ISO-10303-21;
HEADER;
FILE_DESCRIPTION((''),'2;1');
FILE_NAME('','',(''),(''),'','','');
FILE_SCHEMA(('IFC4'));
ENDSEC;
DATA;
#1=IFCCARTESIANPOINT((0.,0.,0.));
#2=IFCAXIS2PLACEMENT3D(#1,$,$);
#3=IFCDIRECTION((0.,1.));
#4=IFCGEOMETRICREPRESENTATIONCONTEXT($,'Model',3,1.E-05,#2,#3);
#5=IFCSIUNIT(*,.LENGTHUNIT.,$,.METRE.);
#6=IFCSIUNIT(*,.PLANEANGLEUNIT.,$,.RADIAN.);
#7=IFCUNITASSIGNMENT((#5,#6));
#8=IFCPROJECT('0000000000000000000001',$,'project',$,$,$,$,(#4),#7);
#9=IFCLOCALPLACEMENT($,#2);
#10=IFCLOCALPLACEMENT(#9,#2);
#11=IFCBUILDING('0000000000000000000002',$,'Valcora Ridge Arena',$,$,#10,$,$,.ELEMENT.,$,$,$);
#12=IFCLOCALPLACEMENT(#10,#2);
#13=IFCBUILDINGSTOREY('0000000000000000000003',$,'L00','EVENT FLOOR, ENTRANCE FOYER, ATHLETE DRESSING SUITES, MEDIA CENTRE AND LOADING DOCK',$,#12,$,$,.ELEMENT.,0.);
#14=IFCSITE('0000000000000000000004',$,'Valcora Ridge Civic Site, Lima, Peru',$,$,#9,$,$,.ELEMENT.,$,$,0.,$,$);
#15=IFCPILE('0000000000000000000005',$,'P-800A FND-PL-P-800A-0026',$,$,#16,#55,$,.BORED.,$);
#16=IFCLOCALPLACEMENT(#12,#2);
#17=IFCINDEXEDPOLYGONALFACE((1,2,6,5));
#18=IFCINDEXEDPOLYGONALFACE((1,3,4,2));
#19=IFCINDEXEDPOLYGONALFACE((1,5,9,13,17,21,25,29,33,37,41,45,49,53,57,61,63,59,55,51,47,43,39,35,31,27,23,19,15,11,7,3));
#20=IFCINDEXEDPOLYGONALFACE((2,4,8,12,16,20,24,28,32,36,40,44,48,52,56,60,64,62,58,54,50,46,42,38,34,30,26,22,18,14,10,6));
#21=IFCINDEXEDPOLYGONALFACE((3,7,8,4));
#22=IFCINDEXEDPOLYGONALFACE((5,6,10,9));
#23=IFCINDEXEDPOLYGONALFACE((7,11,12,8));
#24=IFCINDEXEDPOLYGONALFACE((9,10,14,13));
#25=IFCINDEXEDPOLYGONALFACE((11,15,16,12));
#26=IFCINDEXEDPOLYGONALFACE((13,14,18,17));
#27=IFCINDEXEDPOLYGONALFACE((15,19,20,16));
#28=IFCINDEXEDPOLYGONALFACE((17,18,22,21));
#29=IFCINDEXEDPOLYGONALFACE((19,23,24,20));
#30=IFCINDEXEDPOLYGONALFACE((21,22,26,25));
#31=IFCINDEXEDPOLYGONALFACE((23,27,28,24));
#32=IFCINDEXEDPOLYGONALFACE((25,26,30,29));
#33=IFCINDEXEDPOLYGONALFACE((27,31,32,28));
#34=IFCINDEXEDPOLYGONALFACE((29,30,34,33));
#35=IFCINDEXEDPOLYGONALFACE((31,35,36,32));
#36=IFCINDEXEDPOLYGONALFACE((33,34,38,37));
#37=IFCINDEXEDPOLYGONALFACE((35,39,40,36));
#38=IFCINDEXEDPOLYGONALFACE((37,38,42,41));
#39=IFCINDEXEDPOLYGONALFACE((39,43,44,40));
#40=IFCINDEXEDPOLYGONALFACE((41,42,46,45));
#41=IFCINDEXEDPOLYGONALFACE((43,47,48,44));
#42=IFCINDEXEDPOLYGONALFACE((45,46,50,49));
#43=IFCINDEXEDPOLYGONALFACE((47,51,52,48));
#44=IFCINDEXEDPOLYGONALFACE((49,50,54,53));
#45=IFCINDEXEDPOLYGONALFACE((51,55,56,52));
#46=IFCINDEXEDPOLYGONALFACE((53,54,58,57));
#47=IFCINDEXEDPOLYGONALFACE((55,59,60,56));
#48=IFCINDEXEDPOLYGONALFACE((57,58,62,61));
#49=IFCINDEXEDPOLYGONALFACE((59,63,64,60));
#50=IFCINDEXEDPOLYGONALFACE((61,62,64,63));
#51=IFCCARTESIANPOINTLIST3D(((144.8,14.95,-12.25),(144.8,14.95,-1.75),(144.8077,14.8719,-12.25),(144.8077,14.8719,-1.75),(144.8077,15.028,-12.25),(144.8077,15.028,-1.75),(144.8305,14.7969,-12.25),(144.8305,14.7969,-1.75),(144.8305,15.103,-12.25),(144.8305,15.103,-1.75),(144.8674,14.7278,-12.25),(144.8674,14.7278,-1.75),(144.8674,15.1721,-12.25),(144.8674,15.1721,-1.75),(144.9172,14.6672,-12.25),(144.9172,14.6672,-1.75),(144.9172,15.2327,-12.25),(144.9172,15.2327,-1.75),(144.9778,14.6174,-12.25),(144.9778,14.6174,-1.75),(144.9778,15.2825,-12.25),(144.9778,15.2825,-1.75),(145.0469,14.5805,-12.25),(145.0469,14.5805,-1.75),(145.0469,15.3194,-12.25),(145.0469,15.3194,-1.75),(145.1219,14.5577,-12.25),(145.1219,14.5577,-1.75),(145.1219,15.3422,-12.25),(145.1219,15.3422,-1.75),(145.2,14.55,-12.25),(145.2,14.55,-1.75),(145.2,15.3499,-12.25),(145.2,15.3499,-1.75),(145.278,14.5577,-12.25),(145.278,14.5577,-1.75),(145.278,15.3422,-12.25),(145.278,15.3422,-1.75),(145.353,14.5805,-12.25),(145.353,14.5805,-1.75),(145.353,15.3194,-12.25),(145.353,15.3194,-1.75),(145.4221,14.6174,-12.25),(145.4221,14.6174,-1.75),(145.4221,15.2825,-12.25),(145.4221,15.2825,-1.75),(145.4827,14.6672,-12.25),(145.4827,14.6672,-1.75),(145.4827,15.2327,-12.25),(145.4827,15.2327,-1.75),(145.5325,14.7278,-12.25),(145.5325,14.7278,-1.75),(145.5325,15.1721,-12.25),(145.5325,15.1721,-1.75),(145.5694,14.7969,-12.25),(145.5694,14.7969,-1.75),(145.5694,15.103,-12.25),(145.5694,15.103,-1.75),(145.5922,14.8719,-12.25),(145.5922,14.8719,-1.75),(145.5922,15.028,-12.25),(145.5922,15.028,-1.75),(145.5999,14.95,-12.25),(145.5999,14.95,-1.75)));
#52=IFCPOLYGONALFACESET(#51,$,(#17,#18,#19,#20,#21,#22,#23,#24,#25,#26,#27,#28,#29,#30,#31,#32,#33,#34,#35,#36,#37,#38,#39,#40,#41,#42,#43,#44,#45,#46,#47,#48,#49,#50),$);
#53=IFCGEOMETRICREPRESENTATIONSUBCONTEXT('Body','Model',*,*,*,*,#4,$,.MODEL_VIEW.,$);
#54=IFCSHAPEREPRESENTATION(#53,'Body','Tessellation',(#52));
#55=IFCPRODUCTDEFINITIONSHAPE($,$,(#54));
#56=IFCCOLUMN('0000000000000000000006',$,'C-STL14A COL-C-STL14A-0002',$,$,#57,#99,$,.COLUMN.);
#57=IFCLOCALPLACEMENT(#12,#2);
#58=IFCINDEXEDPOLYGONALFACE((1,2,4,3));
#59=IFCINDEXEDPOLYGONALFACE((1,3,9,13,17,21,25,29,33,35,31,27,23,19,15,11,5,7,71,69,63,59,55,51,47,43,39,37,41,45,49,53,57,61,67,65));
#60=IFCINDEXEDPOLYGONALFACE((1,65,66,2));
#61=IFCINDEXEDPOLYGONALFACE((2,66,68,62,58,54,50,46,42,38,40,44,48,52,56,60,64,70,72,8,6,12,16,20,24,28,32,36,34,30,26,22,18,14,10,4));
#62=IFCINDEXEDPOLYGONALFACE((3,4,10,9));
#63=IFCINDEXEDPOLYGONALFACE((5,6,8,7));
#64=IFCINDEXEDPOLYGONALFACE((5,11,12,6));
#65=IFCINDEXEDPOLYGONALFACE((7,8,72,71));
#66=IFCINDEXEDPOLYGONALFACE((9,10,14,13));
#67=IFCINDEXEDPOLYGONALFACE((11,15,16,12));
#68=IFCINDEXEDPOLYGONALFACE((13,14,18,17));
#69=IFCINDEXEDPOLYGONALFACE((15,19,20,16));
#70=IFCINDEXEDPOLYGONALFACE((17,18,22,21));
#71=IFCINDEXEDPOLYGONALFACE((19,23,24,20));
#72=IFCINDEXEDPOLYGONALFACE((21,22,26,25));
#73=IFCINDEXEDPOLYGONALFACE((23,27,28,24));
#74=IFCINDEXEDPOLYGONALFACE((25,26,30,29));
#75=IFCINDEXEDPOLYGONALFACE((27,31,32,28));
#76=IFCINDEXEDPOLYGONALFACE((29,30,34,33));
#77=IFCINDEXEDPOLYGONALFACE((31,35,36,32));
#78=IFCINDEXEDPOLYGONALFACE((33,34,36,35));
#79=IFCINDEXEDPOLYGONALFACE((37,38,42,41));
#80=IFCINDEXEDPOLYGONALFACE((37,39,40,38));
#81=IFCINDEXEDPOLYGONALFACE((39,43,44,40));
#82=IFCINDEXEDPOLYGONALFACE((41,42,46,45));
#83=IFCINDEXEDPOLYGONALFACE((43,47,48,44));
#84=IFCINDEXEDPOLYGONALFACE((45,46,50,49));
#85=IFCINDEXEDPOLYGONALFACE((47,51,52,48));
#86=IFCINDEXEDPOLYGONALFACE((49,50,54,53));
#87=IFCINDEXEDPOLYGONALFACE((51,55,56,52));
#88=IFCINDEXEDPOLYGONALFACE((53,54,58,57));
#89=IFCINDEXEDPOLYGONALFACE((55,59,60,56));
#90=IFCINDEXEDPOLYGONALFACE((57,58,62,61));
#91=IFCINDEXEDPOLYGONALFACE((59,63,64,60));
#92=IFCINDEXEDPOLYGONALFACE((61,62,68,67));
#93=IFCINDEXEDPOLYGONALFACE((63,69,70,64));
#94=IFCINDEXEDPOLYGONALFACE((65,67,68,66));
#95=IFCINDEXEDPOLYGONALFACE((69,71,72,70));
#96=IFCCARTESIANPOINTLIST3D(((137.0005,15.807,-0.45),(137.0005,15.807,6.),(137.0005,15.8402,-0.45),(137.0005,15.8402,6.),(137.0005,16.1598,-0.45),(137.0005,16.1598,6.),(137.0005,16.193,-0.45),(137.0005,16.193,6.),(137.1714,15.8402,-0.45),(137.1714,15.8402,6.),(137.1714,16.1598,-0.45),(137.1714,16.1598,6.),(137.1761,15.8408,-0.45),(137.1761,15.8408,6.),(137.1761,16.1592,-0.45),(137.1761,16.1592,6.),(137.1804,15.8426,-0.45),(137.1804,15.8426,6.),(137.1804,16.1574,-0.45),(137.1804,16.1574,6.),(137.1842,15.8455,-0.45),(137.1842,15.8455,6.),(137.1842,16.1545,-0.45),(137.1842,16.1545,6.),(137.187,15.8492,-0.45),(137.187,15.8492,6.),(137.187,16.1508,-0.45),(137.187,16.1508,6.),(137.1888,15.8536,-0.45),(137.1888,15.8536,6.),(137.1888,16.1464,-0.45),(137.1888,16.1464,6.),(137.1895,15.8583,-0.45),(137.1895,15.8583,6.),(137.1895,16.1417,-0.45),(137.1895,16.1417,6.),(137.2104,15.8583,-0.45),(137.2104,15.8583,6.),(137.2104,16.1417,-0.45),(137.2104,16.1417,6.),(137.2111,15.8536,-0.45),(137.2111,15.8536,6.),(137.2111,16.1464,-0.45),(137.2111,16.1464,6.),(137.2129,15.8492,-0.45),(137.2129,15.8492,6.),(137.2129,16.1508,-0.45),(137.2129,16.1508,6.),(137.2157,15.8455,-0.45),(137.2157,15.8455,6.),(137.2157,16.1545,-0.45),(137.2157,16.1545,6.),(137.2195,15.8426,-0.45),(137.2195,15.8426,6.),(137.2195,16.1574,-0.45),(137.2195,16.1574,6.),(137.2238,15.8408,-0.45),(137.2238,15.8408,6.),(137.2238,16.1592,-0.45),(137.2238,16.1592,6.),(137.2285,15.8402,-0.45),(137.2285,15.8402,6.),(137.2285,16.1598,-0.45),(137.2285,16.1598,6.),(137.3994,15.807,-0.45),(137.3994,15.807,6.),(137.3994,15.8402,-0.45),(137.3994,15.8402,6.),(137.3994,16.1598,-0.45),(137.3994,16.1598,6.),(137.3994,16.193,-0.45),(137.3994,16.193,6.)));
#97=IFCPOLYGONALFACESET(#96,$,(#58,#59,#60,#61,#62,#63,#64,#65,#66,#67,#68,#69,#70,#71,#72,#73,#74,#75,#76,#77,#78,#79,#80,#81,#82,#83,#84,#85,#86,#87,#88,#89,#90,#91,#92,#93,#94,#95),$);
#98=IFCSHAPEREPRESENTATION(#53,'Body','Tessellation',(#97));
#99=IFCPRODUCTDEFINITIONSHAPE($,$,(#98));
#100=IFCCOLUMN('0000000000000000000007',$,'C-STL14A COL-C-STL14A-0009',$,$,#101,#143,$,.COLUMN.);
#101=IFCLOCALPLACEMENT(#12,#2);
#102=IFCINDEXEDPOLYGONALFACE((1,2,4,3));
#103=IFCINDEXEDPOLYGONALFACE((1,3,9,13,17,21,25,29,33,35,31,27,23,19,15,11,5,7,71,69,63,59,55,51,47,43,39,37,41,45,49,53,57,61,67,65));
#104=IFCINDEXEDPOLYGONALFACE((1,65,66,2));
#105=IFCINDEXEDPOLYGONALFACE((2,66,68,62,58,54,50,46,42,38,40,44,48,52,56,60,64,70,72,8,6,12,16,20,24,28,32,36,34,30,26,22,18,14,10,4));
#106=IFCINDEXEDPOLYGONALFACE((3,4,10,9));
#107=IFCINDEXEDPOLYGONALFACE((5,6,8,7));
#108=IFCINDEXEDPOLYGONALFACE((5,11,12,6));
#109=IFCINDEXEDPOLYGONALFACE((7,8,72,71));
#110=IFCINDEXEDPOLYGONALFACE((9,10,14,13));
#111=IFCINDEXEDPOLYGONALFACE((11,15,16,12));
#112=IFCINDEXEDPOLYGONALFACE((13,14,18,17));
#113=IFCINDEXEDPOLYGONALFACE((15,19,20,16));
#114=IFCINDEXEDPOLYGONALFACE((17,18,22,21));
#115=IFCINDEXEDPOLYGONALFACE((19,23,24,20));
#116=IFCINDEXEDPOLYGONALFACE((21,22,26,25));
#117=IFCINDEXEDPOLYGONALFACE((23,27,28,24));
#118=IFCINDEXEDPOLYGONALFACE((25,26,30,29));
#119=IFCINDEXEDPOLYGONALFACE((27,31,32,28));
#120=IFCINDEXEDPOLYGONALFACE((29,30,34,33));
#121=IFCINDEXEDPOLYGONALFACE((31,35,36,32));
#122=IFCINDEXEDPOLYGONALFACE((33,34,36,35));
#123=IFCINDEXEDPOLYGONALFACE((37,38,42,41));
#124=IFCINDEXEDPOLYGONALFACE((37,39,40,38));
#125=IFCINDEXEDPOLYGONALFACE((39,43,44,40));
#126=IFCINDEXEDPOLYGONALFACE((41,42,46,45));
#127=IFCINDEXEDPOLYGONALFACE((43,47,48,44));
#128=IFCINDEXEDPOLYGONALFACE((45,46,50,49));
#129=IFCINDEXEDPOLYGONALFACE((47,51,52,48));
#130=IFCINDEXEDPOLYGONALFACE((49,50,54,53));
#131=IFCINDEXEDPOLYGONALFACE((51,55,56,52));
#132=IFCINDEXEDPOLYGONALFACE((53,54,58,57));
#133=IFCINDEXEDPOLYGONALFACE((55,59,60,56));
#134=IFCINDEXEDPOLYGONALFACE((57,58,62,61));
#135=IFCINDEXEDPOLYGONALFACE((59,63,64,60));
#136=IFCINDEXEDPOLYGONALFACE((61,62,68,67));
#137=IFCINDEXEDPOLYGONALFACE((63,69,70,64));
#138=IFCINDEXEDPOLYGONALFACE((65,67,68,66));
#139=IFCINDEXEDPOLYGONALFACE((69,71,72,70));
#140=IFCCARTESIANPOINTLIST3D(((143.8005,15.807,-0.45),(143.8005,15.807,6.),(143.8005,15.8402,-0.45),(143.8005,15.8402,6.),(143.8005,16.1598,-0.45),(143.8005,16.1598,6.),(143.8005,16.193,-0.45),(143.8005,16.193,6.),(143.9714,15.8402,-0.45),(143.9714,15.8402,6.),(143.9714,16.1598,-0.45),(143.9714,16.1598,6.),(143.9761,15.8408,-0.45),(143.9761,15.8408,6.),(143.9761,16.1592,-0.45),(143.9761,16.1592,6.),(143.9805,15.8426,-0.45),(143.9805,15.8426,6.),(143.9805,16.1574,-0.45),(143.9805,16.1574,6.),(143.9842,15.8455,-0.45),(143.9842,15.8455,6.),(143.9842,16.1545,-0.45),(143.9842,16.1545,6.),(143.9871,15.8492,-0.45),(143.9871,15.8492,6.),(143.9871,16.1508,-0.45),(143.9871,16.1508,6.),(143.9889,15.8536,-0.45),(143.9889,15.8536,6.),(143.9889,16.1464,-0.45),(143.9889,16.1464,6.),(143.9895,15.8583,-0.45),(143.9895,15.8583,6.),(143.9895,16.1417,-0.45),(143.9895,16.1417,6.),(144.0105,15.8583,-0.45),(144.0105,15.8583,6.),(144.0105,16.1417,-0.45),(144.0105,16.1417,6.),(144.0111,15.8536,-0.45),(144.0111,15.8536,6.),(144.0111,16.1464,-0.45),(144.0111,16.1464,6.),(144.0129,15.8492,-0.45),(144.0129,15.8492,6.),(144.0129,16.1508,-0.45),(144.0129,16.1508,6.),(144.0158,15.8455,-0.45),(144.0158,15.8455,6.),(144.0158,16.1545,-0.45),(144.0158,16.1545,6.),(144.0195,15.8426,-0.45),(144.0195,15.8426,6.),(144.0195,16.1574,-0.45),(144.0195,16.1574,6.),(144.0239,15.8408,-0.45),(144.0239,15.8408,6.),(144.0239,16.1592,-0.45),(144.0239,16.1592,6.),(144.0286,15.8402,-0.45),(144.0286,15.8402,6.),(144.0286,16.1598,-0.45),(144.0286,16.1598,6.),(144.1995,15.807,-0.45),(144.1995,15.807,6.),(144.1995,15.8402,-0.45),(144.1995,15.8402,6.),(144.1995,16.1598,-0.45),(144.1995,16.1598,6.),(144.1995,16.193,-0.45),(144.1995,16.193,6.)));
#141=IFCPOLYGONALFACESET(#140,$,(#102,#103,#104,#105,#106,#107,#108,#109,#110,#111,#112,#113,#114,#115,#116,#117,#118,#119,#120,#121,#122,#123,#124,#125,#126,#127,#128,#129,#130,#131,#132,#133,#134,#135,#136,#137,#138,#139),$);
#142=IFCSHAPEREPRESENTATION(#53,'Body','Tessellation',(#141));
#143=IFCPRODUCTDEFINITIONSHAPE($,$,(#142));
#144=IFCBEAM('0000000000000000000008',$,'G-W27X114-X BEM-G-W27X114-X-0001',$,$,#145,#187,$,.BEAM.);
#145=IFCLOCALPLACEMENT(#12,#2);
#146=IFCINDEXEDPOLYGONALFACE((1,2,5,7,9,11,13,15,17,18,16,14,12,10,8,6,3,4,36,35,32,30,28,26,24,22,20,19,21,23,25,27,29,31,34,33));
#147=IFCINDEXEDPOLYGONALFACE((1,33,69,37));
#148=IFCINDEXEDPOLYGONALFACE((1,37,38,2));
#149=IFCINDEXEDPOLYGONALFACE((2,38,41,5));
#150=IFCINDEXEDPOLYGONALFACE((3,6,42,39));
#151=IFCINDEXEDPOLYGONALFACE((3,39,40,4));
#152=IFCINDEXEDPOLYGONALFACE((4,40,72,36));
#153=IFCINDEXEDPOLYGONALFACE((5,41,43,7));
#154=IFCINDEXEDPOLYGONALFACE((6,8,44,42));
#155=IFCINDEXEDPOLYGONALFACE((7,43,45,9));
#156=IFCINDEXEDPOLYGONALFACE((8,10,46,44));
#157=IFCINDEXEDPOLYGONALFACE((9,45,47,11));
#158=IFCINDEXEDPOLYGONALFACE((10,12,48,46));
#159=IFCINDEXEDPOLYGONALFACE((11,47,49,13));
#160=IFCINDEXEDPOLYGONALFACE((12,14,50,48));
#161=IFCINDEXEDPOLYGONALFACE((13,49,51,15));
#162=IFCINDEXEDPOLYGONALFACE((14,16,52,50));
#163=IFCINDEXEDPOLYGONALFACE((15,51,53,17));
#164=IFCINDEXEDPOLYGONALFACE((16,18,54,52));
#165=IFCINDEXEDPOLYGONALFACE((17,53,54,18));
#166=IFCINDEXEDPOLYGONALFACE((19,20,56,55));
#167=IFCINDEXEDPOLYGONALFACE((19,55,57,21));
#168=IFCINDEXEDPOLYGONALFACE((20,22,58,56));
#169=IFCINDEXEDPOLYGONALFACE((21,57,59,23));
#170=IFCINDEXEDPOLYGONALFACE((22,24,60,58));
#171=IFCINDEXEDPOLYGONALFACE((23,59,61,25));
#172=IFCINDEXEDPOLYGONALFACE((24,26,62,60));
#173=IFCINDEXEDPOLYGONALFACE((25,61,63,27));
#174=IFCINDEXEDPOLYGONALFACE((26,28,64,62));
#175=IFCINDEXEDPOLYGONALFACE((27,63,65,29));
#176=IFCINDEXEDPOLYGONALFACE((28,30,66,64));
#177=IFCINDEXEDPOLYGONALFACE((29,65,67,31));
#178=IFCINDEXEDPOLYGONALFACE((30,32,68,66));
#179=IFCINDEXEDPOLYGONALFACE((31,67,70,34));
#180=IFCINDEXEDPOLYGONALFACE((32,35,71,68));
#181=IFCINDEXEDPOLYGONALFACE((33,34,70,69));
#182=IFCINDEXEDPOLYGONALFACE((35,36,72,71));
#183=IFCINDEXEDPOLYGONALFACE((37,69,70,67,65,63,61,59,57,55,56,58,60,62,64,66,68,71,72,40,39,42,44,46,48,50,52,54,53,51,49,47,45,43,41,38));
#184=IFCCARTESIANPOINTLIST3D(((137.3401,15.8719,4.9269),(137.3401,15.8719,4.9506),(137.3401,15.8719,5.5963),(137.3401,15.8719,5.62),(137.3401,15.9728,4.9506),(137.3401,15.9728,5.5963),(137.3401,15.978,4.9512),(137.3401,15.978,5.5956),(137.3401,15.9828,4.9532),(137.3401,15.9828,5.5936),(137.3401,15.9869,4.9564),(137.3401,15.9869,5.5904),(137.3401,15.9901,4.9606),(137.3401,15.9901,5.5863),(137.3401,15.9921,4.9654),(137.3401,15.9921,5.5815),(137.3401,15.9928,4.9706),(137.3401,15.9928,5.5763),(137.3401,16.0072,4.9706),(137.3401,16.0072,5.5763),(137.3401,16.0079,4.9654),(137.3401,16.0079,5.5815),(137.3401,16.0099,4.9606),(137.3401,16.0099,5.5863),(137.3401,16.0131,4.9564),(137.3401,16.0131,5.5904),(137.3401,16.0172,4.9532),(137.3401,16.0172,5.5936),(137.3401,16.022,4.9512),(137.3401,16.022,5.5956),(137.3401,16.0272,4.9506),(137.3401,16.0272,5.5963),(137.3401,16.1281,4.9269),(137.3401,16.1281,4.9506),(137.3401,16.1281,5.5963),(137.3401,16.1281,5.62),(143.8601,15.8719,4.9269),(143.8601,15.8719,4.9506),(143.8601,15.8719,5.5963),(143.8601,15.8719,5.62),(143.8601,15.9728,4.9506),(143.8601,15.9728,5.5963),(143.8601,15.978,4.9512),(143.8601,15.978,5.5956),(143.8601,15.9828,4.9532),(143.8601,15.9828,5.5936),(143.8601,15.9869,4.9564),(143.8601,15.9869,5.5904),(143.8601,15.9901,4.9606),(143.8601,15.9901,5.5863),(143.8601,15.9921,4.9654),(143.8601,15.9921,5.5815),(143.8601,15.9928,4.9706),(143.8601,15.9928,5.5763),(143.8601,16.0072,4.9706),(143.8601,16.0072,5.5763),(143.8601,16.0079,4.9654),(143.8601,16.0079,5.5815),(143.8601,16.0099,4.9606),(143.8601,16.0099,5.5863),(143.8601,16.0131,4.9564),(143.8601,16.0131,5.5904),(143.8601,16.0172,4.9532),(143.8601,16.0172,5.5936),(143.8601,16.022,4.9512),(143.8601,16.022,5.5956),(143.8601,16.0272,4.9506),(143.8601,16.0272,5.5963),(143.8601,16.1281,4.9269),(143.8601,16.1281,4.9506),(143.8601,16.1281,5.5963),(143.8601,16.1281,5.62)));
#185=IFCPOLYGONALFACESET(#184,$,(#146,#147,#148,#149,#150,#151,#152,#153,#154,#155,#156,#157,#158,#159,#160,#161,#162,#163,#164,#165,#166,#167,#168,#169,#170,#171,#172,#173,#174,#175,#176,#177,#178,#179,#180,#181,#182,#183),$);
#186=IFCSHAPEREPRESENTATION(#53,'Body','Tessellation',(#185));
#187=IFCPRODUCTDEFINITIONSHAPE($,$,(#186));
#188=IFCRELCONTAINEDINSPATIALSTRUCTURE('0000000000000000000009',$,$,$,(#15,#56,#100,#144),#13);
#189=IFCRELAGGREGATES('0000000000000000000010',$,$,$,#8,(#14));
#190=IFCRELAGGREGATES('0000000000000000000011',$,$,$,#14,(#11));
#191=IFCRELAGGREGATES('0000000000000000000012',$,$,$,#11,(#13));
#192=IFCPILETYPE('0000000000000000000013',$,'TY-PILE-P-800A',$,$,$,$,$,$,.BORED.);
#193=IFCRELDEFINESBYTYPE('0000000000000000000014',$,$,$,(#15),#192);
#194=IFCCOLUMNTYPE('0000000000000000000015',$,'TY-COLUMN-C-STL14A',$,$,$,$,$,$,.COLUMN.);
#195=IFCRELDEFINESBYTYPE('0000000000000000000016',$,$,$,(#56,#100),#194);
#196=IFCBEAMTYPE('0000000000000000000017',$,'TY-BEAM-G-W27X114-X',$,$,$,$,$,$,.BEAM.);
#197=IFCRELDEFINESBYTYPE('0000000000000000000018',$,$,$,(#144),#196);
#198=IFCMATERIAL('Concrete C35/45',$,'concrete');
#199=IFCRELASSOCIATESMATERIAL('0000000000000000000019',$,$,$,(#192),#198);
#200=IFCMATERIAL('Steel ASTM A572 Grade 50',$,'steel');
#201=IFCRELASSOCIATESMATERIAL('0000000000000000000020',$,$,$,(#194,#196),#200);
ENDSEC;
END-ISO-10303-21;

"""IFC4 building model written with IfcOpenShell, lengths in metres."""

from ifc_helpers import new_model, si_unit, direction, frame, origin, origin_2d, place, context, subcontext, project, spatial, circle, i_section, extrude, material, material_profile, profile_set, type_object, element, save


model = new_model("IFC4")

# Units and contexts
model_context = context("Model", 3, precision=1e-05, world=origin(), true_north=direction((0.0, 1.0)))
body_context = subcontext(model_context, "Body", "Model", "MODEL_VIEW")
ifc_project = project(units=[si_unit("LENGTHUNIT", "METRE"), si_unit("PLANEANGLEUNIT", "RADIAN")], contexts=[model_context])

# Site, building, storey
site_placement = place(None, origin())
site = spatial("IfcSite", under=ifc_project, at=site_placement, Name="Valcora Ridge Civic Site, Lima, Peru", CompositionType="ELEMENT", RefElevation=0.0)
building_placement = place(site_placement, origin())
building = spatial("IfcBuilding", under=site, at=building_placement, Name="Valcora Ridge Arena", CompositionType="ELEMENT")
storey_placement = place(building_placement, origin())
storey = spatial("IfcBuildingStorey", under=building, at=storey_placement, Name="L00", Description="EVENT FLOOR, ENTRANCE FOYER, ATHLETE DRESSING SUITES, MEDIA CENTRE AND LOADING DOCK", CompositionType="ELEMENT", Elevation=0.0)

# Pile
ifc_material_1 = material(Name="Concrete C35/45", Category="concrete")
ifc_material_profile_1 = material_profile(ifc_material_1, circle(Radius=0.3999, at=origin_2d()), Name="BORED PILE D800")
ifc_profile_set_1 = profile_set([ifc_material_profile_1], Name="Concrete C35/45")
pile_type = type_object("IfcPileType", Name="TY-PILE-P-800A", PredefinedType="BORED", material=ifc_profile_set_1)
for number, where, z_axis, x_axis, name in (
    (1, (145.2, 14.95, -1.75), (0.0, 0.0, -1.0), (1.0, 0.0, 0.0), "P-800A FND-PL-P-800A-0026"),
):
    element("IfcPile", number, at=place(storey_placement, frame(where, z_axis=z_axis, x_axis=x_axis)), inside=storey, type_object=pile_type, Name=name, PredefinedType="BORED", context=body_context, shape_type="SweptSolid", body=[
        extrude(circle(Radius=0.3999, at=origin_2d()), origin(), (0.0, 0.0, 1.0), 10.5),
    ])

# Columns
ifc_material_2 = material(Name="Steel ASTM A572 Grade 50", Category="steel")
ifc_material_profile_2 = material_profile(ifc_material_2, i_section(OverallWidth=0.3989, OverallDepth=0.386, WebThickness=0.021, FlangeThickness=0.0332, FilletRadius=0.0181, at=origin_2d()), Name="W14X176")
ifc_profile_set_2 = profile_set([ifc_material_profile_2], Name="Steel ASTM A572 Grade 50")
column_type = type_object("IfcColumnType", Name="TY-COLUMN-C-STL14A", PredefinedType="COLUMN", material=ifc_profile_set_2)
for number, where, z_axis, x_axis, name in (
    (2, (137.2, 16.0, -0.45), (0.0, 0.0, 1.0), (1.0, 0.0, 0.0), "C-STL14A COL-C-STL14A-0002"),
    (3, (144.0, 16.0, -0.45), (0.0, 0.0, 1.0), (1.0, 0.0, 0.0), "C-STL14A COL-C-STL14A-0009"),
):
    element("IfcColumn", number, at=place(storey_placement, frame(where, z_axis=z_axis, x_axis=x_axis)), inside=storey, type_object=column_type, Name=name, PredefinedType="COLUMN", context=body_context, shape_type="SweptSolid", body=[
        extrude(i_section(OverallWidth=0.3989, OverallDepth=0.386, WebThickness=0.021, FlangeThickness=0.0332, FilletRadius=0.0181, at=origin_2d()), origin(), (0.0, 0.0, 1.0), 6.45),
    ])

# Beam
ifc_material_profile_3 = material_profile(ifc_material_2, i_section(OverallWidth=0.2561, OverallDepth=0.6931, WebThickness=0.0144, FlangeThickness=0.0237, FilletRadius=0.02, at=origin_2d()), Name="W27X114")
ifc_profile_set_3 = profile_set([ifc_material_profile_3], Name="Steel ASTM A572 Grade 50")
beam_type_1 = type_object("IfcBeamType", Name="TY-BEAM-G-W27X114-X", PredefinedType="BEAM", material=ifc_profile_set_3)
beam_1_placement = place(storey_placement, frame((137.3401, 16.0, 5.2734), z_axis=(1.0, 0.0, 0.0), x_axis=(0.0, 1.0, 0.0)))
element("IfcBeam", 4, at=beam_1_placement, inside=storey, type_object=beam_type_1, Name="G-W27X114-X BEM-G-W27X114-X-0001", PredefinedType="BEAM", context=body_context, shape_type="SweptSolid", body=[
    extrude(i_section(OverallWidth=0.2561, OverallDepth=0.6931, WebThickness=0.0144, FlangeThickness=0.0237, FilletRadius=0.02, at=origin_2d()), origin(), (0.0, 0.0, 1.0), 6.52),
])

save(model, "model.ifc")
